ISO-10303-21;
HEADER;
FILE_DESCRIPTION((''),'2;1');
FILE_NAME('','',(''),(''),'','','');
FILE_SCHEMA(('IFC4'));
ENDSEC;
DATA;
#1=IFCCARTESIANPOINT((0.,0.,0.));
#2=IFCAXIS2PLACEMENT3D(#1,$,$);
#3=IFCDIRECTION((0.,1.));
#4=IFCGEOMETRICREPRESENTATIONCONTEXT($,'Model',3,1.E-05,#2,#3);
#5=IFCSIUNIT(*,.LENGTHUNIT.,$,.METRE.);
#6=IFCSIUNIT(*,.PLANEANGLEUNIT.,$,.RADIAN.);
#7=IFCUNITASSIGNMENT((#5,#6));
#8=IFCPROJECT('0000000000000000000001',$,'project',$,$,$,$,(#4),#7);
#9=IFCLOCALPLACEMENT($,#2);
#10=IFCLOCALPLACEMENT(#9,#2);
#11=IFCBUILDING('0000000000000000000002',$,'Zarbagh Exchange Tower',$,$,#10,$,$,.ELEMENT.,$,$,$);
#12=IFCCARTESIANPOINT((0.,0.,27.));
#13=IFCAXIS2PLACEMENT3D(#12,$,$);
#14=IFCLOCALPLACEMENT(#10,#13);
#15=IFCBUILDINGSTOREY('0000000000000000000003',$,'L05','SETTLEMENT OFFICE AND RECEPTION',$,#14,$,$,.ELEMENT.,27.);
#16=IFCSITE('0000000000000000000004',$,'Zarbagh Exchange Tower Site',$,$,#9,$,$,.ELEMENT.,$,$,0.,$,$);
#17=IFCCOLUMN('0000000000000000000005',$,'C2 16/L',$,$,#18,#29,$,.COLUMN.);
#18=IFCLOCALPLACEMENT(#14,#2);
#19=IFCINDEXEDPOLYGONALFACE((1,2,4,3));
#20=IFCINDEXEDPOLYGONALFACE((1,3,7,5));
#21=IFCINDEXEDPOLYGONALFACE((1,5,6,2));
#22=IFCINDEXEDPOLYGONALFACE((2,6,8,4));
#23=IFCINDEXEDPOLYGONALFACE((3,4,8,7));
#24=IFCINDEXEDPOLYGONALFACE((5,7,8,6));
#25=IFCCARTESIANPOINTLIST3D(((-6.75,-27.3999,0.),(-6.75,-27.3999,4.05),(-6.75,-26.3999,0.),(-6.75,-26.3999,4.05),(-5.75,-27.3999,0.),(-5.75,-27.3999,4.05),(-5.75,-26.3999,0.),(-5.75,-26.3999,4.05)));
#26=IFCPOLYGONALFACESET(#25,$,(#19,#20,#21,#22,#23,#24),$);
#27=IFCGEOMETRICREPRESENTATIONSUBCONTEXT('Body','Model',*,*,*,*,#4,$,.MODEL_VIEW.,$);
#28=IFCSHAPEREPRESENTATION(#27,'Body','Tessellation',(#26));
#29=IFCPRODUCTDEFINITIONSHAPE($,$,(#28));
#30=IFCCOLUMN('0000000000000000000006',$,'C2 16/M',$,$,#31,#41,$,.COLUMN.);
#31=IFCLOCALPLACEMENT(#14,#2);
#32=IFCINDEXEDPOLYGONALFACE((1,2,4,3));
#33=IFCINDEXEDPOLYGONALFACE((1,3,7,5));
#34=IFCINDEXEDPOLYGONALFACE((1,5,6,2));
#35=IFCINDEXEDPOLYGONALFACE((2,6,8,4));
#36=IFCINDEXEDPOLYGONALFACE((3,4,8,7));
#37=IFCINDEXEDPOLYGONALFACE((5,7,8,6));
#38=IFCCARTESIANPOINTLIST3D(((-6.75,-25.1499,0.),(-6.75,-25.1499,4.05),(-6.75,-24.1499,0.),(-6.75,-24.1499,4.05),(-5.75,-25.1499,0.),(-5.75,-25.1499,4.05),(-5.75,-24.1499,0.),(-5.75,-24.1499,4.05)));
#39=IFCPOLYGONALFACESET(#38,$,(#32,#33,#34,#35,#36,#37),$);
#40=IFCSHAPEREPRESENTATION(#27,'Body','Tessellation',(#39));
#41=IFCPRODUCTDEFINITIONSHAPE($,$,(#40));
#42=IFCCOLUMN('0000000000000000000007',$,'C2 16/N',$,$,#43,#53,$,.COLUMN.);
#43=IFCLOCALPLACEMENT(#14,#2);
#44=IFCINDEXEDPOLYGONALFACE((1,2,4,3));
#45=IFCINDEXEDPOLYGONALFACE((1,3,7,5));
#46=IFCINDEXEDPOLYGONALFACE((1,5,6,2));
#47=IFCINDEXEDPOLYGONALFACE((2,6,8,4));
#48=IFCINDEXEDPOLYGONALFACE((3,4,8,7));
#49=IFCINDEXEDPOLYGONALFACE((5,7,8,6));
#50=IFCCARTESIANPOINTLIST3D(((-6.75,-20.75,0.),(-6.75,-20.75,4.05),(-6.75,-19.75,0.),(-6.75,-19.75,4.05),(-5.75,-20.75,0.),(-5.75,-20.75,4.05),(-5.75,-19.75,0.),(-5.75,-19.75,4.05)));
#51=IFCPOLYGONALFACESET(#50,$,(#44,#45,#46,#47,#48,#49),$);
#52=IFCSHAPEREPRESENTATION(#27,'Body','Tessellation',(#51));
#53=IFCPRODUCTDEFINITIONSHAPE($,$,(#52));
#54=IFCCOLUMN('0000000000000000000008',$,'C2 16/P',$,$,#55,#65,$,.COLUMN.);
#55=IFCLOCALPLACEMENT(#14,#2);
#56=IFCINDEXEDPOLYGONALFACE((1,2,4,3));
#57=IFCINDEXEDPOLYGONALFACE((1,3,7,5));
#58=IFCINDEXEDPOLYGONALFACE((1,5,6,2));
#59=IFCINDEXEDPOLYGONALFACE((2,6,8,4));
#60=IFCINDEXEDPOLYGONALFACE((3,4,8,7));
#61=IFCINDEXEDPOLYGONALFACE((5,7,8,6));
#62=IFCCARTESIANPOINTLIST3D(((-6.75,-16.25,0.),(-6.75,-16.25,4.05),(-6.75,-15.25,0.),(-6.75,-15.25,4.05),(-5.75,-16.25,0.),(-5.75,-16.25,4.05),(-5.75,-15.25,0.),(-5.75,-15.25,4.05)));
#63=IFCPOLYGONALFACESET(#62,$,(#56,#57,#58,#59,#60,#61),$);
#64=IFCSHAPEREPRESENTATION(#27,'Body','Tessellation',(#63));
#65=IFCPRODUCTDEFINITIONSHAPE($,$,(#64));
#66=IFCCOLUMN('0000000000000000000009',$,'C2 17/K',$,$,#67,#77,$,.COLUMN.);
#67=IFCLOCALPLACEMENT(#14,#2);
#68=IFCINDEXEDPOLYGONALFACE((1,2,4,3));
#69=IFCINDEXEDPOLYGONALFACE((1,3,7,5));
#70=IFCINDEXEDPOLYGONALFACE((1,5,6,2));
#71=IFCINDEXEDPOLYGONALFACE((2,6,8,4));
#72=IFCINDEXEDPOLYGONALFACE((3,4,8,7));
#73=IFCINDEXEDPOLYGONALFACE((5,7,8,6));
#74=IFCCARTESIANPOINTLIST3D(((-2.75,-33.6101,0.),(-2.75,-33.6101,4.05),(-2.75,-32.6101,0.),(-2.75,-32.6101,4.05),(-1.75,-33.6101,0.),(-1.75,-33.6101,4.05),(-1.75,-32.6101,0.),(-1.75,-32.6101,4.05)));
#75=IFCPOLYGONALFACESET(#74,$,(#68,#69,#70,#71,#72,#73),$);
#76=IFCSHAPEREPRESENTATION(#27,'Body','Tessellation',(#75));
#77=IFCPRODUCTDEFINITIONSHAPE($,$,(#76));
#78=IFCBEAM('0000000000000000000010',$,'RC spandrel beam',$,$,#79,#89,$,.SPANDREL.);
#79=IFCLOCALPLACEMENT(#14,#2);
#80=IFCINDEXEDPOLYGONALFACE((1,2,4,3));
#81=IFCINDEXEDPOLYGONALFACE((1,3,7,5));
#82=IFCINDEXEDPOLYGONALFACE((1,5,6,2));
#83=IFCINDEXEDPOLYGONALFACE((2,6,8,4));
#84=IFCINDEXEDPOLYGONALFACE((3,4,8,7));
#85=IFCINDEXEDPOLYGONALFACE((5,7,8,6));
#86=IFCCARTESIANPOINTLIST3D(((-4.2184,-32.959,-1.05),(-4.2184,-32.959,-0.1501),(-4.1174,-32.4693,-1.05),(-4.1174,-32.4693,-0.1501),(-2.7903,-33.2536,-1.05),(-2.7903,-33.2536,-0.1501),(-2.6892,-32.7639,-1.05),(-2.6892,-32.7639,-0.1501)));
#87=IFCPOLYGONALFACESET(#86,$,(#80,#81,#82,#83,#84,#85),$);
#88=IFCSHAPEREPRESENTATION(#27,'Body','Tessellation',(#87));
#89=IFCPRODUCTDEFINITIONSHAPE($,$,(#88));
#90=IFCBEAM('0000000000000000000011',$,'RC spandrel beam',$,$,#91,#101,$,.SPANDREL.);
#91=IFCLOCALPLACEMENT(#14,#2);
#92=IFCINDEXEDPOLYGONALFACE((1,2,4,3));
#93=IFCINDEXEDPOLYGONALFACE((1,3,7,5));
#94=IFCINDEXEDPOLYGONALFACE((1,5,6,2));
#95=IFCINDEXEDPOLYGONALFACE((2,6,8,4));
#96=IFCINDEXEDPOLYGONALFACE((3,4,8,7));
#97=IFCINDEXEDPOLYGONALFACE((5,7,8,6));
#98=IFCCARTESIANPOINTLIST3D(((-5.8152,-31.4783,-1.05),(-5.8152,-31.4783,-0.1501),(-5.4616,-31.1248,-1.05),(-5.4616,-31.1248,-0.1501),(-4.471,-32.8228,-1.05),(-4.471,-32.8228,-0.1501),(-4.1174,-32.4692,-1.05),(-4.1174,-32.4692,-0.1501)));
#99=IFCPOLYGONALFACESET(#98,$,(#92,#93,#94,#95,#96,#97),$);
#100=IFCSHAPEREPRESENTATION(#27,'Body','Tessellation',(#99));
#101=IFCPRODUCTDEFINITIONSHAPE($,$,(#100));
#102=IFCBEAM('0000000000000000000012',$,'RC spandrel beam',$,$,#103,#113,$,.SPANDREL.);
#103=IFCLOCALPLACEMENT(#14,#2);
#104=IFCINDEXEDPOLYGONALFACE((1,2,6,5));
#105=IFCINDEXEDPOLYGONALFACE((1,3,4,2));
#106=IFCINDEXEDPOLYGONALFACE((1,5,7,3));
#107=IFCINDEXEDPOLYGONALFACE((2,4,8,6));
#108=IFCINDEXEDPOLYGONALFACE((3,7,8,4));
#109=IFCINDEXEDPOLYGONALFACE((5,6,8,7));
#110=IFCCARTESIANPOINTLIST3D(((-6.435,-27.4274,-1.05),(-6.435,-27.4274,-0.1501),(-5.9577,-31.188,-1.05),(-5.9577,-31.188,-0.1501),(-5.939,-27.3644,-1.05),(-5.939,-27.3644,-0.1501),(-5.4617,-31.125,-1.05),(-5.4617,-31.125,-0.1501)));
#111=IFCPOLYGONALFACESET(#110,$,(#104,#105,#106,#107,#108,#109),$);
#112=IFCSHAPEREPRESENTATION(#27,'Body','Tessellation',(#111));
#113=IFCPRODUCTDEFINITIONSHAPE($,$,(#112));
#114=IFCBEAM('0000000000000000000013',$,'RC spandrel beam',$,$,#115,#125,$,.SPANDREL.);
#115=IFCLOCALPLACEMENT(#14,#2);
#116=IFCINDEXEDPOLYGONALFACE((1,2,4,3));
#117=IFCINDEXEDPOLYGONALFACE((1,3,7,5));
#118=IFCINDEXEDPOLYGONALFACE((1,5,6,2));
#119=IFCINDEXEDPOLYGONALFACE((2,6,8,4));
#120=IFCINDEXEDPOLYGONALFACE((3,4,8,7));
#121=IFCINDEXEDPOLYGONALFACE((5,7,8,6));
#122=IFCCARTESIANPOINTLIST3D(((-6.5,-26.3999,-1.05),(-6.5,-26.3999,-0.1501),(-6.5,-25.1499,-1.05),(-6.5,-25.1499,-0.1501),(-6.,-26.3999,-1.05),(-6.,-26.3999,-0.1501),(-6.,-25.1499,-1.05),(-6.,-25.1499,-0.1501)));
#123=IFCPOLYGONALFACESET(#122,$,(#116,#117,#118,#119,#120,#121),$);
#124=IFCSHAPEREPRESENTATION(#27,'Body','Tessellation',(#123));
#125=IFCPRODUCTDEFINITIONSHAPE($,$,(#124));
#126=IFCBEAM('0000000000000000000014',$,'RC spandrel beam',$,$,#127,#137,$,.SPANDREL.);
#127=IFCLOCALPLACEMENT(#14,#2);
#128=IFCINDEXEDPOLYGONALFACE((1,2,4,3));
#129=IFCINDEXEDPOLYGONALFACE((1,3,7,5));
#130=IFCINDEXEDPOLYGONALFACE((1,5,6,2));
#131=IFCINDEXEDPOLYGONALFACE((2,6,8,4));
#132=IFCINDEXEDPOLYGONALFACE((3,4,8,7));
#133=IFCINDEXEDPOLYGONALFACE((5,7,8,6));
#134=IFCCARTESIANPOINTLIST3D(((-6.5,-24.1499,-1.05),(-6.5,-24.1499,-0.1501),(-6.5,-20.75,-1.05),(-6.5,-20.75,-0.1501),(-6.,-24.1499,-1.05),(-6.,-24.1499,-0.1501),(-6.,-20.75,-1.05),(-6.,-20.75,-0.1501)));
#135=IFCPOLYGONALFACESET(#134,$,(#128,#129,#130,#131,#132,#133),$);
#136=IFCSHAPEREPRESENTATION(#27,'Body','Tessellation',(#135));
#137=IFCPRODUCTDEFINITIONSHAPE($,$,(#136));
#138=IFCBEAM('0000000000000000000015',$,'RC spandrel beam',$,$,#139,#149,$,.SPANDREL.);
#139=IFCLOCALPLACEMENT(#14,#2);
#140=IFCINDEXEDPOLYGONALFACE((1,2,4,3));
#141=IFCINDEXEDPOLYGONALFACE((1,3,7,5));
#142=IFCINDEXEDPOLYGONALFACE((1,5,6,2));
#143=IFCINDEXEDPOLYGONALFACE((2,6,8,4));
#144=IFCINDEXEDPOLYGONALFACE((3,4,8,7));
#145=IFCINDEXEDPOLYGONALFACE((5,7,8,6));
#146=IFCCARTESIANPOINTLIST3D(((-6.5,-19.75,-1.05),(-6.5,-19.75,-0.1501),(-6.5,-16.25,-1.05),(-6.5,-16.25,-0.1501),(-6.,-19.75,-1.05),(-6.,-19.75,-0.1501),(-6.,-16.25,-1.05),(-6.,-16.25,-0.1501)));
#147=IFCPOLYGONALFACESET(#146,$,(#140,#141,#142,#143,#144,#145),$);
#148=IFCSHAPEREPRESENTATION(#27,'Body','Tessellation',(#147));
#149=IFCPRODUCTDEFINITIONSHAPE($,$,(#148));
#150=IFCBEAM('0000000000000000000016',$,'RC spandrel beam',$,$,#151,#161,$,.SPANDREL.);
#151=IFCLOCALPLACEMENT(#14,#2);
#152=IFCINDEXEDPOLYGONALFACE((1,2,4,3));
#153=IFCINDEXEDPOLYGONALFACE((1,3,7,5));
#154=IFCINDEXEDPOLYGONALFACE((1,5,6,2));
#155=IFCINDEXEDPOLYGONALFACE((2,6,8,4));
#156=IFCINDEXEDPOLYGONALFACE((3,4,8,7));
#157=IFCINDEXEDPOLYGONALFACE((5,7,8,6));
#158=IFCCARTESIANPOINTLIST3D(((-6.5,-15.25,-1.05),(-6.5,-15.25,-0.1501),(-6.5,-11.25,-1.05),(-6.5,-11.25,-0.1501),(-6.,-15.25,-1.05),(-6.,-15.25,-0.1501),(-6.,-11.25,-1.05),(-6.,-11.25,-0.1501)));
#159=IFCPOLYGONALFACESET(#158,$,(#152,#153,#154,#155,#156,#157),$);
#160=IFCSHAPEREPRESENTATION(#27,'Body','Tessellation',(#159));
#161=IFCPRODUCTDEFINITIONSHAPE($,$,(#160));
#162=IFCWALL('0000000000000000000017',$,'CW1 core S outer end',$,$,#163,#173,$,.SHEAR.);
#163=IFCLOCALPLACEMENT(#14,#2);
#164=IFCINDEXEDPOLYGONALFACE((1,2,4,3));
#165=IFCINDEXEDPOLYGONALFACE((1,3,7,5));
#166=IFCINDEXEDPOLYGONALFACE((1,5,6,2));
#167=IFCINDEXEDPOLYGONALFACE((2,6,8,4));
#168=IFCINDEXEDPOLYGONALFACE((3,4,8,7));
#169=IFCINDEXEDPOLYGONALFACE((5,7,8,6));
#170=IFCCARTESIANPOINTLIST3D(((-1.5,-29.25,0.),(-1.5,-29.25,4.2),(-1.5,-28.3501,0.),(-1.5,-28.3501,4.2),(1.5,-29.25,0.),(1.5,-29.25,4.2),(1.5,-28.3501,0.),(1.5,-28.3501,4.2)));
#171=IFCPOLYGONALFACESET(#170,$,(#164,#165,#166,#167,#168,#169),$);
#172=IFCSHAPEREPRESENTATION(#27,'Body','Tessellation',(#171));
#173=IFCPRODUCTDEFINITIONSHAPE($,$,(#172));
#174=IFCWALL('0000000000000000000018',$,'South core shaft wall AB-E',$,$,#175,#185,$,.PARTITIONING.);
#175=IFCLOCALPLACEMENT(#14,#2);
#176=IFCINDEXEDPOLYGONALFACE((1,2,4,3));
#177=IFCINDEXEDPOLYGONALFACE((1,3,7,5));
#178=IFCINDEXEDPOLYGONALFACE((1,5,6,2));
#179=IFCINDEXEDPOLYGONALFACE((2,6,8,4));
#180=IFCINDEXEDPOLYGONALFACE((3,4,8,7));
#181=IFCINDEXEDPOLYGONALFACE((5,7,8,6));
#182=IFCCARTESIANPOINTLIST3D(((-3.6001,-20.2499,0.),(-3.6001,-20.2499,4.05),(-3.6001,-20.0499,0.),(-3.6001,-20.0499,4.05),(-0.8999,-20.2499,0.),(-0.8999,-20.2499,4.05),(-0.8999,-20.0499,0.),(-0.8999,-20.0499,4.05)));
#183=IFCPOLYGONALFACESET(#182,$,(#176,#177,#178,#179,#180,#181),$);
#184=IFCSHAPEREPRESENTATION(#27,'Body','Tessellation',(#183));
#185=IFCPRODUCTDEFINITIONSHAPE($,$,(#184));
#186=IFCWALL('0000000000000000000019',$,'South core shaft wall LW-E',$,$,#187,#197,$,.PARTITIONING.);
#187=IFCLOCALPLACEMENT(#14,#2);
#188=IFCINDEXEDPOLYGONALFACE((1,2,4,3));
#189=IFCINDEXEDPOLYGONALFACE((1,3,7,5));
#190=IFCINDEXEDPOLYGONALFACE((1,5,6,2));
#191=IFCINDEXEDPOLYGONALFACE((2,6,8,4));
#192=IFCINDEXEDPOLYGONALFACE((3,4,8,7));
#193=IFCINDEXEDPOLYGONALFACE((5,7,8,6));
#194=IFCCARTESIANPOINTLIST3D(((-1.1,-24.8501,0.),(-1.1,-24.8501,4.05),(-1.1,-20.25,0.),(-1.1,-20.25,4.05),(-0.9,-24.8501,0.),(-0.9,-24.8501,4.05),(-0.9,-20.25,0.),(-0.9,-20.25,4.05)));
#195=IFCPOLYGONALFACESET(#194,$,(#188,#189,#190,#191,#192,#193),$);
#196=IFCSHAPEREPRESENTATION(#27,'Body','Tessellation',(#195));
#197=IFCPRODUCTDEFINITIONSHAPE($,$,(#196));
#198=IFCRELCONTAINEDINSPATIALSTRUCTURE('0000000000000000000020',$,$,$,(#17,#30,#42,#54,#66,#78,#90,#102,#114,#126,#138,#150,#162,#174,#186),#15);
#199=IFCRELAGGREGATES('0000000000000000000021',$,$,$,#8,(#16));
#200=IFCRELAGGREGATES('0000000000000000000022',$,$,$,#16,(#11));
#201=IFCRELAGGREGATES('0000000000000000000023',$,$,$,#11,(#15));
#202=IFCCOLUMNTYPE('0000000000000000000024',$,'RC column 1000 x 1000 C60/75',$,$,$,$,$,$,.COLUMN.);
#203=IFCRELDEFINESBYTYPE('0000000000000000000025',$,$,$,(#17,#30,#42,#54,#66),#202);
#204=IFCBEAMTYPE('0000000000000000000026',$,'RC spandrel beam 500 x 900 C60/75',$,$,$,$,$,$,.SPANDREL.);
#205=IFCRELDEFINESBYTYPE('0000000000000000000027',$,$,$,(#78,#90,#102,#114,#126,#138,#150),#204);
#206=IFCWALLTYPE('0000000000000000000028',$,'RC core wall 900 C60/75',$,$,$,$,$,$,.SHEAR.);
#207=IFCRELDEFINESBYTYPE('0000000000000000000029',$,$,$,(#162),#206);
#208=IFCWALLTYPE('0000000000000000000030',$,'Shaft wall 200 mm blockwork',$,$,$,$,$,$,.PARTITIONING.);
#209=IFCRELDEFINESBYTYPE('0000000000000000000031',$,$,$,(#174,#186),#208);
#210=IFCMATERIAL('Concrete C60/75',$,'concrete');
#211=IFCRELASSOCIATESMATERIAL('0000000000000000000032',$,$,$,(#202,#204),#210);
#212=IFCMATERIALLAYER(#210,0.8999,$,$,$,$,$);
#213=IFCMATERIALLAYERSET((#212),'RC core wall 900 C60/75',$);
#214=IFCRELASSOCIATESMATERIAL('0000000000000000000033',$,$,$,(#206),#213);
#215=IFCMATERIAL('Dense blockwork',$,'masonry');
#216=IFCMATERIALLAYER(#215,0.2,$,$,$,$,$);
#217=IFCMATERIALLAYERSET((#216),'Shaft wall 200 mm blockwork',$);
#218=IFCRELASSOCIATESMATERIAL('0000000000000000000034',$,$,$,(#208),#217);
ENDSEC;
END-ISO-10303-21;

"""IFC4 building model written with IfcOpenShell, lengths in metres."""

from ifc_helpers import new_model, si_unit, direction, frame, frame_2d, origin, origin_2d, place, context, subcontext, project, spatial, rectangle, extrude, material, layer, layer_set, material_profile, profile_set, type_object, element, save


model = new_model("IFC4")

# Units and contexts
model_context = context("Model", 3, precision=1e-05, world=origin(), true_north=direction((0.0, 1.0)))
body_context = subcontext(model_context, "Body", "Model", "MODEL_VIEW")
ifc_project = project(units=[si_unit("LENGTHUNIT", "METRE"), si_unit("PLANEANGLEUNIT", "RADIAN")], contexts=[model_context])

# Site, building, storey
site_placement = place(None, origin())
site = spatial("IfcSite", under=ifc_project, at=site_placement, Name="Zarbagh Exchange Tower Site", CompositionType="ELEMENT", RefElevation=0.0)
building_placement = place(site_placement, origin())
building = spatial("IfcBuilding", under=site, at=building_placement, Name="Zarbagh Exchange Tower", CompositionType="ELEMENT")
storey_placement = place(building_placement, frame((0.0, 0.0, 27.0)))
storey = spatial("IfcBuildingStorey", under=building, at=storey_placement, Name="L05", Description="SETTLEMENT OFFICE AND RECEPTION", CompositionType="ELEMENT", Elevation=27.0)

# Columns
ifc_material_1 = material(Name="Concrete C60/75", Category="concrete")
ifc_material_profile_1 = material_profile(ifc_material_1, rectangle(XDim=1.0, YDim=1.0, at=origin_2d()), Name="RC column 1000 x 1000 C60/75")
ifc_profile_set_1 = profile_set([ifc_material_profile_1], Name="Concrete C60/75")
column_type = type_object("IfcColumnType", Name="RC column 1000 x 1000 C60/75", PredefinedType="COLUMN", material=ifc_profile_set_1)
for number, where, z_axis, x_axis, name in (
    (1, (-6.25, -26.8999, 0.0), (0.0, 0.0, 1.0), (1.0, 0.0, 0.0), "C2 16/L"),
    (2, (-6.25, -24.6499, 0.0), (0.0, 0.0, 1.0), (1.0, 0.0, 0.0), "C2 16/M"),
    (3, (-6.25, -20.25, 0.0), (0.0, 0.0, 1.0), (1.0, 0.0, 0.0), "C2 16/N"),
    (4, (-6.25, -15.75, 0.0), (0.0, 0.0, 1.0), (1.0, 0.0, 0.0), "C2 16/P"),
    (5, (-2.25, -33.1101, 0.0), (0.0, 0.0, 1.0), (1.0, 0.0, 0.0), "C2 17/K"),
):
    element("IfcColumn", number, at=place(storey_placement, frame(where, z_axis=z_axis, x_axis=x_axis)), inside=storey, type_object=column_type, Name=name, PredefinedType="COLUMN", context=body_context, shape_type="SweptSolid", body=[
        extrude(rectangle(XDim=1.0, YDim=1.0, at=origin_2d()), origin(), (0.0, 0.0, 1.0), 4.05),
    ])

# Beams
ifc_material_profile_2 = material_profile(ifc_material_1, rectangle(XDim=0.5, YDim=0.8999, at=origin_2d()), Name="RC spandrel beam 500 x 900 C60/75")
ifc_profile_set_2 = profile_set([ifc_material_profile_2], Name="Concrete C60/75")
beam_type = type_object("IfcBeamType", Name="RC spandrel beam 500 x 900 C60/75", PredefinedType="SPANDREL", material=ifc_profile_set_2)
beam_1_placement = place(storey_placement, frame((-2.7397, -33.0088, -0.6001), z_axis=(-0.979371, 0.202069, 0.0), x_axis=(-0.202069, -0.979371, 0.0)))
element("IfcBeam", 6, at=beam_1_placement, inside=storey, type_object=beam_type, Name="RC spandrel beam", PredefinedType="SPANDREL", context=body_context, shape_type="SweptSolid", body=[
    extrude(rectangle(XDim=0.5, YDim=0.8999, at=origin_2d()), origin(), (0.0, 0.0, 1.0), 1.4583),
])
beam_2_placement = place(storey_placement, frame((-4.2942, -32.646, -0.6001), z_axis=(-0.707043, 0.707171, 0.0), x_axis=(-0.707171, -0.707043, 0.0)))
element("IfcBeam", 7, at=beam_2_placement, inside=storey, type_object=beam_type, Name="RC spandrel beam", PredefinedType="SPANDREL", context=body_context, shape_type="SweptSolid", body=[
    extrude(rectangle(XDim=0.5, YDim=0.8999, at=origin_2d()), origin(), (0.0, 0.0, 1.0), 1.9011),
])
beam_3_placement = place(storey_placement, frame((-5.7097, -31.1565, -0.6001), z_axis=(-0.125913, 0.992041, 0.0), x_axis=(-0.992041, -0.125913, 0.0)))
element("IfcBeam", 8, at=beam_3_placement, inside=storey, type_object=beam_type, Name="RC spandrel beam", PredefinedType="SPANDREL", context=body_context, shape_type="SweptSolid", body=[
    extrude(rectangle(XDim=0.5, YDim=0.8999, at=origin_2d()), origin(), (0.0, 0.0, 1.0), 3.7908),
])
beam_4_placement = place(storey_placement, frame((-6.25, -26.3999, -0.6001), z_axis=(0.0, 1.0, 0.0), x_axis=(-1.0, 0.0, 0.0)))
element("IfcBeam", 9, at=beam_4_placement, inside=storey, type_object=beam_type, Name="RC spandrel beam", PredefinedType="SPANDREL", context=body_context, shape_type="SweptSolid", body=[
    extrude(rectangle(XDim=0.5, YDim=0.8999, at=origin_2d()), origin(), (0.0, 0.0, 1.0), 1.25),
])
beam_5_placement = place(storey_placement, frame((-6.25, -24.1499, -0.6001), z_axis=(0.0, 1.0, 0.0), x_axis=(-1.0, 0.0, 0.0)))
element("IfcBeam", 10, at=beam_5_placement, inside=storey, type_object=beam_type, Name="RC spandrel beam", PredefinedType="SPANDREL", context=body_context, shape_type="SweptSolid", body=[
    extrude(rectangle(XDim=0.5, YDim=0.8999, at=origin_2d()), origin(), (0.0, 0.0, 1.0), 3.3999),
])
beam_6_placement = place(storey_placement, frame((-6.25, -19.75, -0.6001), z_axis=(0.0, 1.0, 0.0), x_axis=(-1.0, 0.0, 0.0)))
element("IfcBeam", 11, at=beam_6_placement, inside=storey, type_object=beam_type, Name="RC spandrel beam", PredefinedType="SPANDREL", context=body_context, shape_type="SweptSolid", body=[
    extrude(rectangle(XDim=0.5, YDim=0.8999, at=origin_2d()), origin(), (0.0, 0.0, 1.0), 3.5),
])
beam_7_placement = place(storey_placement, frame((-6.25, -15.25, -0.6001), z_axis=(0.0, 1.0, 0.0), x_axis=(-1.0, 0.0, 0.0)))
element("IfcBeam", 12, at=beam_7_placement, inside=storey, type_object=beam_type, Name="RC spandrel beam", PredefinedType="SPANDREL", context=body_context, shape_type="SweptSolid", body=[
    extrude(rectangle(XDim=0.5, YDim=0.8999, at=origin_2d()), origin(), (0.0, 0.0, 1.0), 4.0),
])

# Walls
ifc_layer_1 = layer(ifc_material_1, 0.8999)
ifc_layer_set_1 = layer_set([ifc_layer_1], Name="RC core wall 900 C60/75")
wall_type_1 = type_object("IfcWallType", Name="RC core wall 900 C60/75", PredefinedType="SHEAR", material=ifc_layer_set_1)
wall_1_placement = place(storey_placement, frame((-1.5, -28.8, 0.0), z_axis=(0.0, 0.0, 1.0), x_axis=(1.0, 0.0, 0.0)))
element("IfcWall", 13, at=wall_1_placement, inside=storey, type_object=wall_type_1, Name="CW1 core S outer end", PredefinedType="SHEAR", context=body_context, shape_type="SweptSolid", body=[
    extrude(rectangle(XDim=3.0, YDim=0.8999, at=frame_2d((1.5, 0.0))), origin(), (0.0, 0.0, 1.0), 4.2),
])
ifc_material_2 = material(Name="Dense blockwork", Category="masonry")
ifc_layer_2 = layer(ifc_material_2, 0.2)
ifc_layer_set_2 = layer_set([ifc_layer_2], Name="Shaft wall 200 mm blockwork")
wall_type_2 = type_object("IfcWallType", Name="Shaft wall 200 mm blockwork", PredefinedType="PARTITIONING", material=ifc_layer_set_2)
wall_2_placement = place(storey_placement, frame((-0.8999, -20.1499, 0.0), z_axis=(0.0, 0.0, 1.0), x_axis=(-1.0, 0.0, 0.0)))
element("IfcWall", 14, at=wall_2_placement, inside=storey, type_object=wall_type_2, Name="South core shaft wall AB-E", PredefinedType="PARTITIONING", context=body_context, shape_type="SweptSolid", body=[
    extrude(rectangle(XDim=2.7002, YDim=0.2, at=frame_2d((1.3501, 0.0))), origin(), (0.0, 0.0, 1.0), 4.05),
])
wall_3_placement = place(storey_placement, frame((-1.0, -24.8501, 0.0), z_axis=(0.0, 0.0, 1.0), x_axis=(0.0, 1.0, 0.0)))
element("IfcWall", 15, at=wall_3_placement, inside=storey, type_object=wall_type_2, Name="South core shaft wall LW-E", PredefinedType="PARTITIONING", context=body_context, shape_type="SweptSolid", body=[
    extrude(rectangle(XDim=4.6001, YDim=0.2, at=frame_2d((2.3, 0.0))), origin(), (0.0, 0.0, 1.0), 4.05),
])

save(model, "model.ifc")
